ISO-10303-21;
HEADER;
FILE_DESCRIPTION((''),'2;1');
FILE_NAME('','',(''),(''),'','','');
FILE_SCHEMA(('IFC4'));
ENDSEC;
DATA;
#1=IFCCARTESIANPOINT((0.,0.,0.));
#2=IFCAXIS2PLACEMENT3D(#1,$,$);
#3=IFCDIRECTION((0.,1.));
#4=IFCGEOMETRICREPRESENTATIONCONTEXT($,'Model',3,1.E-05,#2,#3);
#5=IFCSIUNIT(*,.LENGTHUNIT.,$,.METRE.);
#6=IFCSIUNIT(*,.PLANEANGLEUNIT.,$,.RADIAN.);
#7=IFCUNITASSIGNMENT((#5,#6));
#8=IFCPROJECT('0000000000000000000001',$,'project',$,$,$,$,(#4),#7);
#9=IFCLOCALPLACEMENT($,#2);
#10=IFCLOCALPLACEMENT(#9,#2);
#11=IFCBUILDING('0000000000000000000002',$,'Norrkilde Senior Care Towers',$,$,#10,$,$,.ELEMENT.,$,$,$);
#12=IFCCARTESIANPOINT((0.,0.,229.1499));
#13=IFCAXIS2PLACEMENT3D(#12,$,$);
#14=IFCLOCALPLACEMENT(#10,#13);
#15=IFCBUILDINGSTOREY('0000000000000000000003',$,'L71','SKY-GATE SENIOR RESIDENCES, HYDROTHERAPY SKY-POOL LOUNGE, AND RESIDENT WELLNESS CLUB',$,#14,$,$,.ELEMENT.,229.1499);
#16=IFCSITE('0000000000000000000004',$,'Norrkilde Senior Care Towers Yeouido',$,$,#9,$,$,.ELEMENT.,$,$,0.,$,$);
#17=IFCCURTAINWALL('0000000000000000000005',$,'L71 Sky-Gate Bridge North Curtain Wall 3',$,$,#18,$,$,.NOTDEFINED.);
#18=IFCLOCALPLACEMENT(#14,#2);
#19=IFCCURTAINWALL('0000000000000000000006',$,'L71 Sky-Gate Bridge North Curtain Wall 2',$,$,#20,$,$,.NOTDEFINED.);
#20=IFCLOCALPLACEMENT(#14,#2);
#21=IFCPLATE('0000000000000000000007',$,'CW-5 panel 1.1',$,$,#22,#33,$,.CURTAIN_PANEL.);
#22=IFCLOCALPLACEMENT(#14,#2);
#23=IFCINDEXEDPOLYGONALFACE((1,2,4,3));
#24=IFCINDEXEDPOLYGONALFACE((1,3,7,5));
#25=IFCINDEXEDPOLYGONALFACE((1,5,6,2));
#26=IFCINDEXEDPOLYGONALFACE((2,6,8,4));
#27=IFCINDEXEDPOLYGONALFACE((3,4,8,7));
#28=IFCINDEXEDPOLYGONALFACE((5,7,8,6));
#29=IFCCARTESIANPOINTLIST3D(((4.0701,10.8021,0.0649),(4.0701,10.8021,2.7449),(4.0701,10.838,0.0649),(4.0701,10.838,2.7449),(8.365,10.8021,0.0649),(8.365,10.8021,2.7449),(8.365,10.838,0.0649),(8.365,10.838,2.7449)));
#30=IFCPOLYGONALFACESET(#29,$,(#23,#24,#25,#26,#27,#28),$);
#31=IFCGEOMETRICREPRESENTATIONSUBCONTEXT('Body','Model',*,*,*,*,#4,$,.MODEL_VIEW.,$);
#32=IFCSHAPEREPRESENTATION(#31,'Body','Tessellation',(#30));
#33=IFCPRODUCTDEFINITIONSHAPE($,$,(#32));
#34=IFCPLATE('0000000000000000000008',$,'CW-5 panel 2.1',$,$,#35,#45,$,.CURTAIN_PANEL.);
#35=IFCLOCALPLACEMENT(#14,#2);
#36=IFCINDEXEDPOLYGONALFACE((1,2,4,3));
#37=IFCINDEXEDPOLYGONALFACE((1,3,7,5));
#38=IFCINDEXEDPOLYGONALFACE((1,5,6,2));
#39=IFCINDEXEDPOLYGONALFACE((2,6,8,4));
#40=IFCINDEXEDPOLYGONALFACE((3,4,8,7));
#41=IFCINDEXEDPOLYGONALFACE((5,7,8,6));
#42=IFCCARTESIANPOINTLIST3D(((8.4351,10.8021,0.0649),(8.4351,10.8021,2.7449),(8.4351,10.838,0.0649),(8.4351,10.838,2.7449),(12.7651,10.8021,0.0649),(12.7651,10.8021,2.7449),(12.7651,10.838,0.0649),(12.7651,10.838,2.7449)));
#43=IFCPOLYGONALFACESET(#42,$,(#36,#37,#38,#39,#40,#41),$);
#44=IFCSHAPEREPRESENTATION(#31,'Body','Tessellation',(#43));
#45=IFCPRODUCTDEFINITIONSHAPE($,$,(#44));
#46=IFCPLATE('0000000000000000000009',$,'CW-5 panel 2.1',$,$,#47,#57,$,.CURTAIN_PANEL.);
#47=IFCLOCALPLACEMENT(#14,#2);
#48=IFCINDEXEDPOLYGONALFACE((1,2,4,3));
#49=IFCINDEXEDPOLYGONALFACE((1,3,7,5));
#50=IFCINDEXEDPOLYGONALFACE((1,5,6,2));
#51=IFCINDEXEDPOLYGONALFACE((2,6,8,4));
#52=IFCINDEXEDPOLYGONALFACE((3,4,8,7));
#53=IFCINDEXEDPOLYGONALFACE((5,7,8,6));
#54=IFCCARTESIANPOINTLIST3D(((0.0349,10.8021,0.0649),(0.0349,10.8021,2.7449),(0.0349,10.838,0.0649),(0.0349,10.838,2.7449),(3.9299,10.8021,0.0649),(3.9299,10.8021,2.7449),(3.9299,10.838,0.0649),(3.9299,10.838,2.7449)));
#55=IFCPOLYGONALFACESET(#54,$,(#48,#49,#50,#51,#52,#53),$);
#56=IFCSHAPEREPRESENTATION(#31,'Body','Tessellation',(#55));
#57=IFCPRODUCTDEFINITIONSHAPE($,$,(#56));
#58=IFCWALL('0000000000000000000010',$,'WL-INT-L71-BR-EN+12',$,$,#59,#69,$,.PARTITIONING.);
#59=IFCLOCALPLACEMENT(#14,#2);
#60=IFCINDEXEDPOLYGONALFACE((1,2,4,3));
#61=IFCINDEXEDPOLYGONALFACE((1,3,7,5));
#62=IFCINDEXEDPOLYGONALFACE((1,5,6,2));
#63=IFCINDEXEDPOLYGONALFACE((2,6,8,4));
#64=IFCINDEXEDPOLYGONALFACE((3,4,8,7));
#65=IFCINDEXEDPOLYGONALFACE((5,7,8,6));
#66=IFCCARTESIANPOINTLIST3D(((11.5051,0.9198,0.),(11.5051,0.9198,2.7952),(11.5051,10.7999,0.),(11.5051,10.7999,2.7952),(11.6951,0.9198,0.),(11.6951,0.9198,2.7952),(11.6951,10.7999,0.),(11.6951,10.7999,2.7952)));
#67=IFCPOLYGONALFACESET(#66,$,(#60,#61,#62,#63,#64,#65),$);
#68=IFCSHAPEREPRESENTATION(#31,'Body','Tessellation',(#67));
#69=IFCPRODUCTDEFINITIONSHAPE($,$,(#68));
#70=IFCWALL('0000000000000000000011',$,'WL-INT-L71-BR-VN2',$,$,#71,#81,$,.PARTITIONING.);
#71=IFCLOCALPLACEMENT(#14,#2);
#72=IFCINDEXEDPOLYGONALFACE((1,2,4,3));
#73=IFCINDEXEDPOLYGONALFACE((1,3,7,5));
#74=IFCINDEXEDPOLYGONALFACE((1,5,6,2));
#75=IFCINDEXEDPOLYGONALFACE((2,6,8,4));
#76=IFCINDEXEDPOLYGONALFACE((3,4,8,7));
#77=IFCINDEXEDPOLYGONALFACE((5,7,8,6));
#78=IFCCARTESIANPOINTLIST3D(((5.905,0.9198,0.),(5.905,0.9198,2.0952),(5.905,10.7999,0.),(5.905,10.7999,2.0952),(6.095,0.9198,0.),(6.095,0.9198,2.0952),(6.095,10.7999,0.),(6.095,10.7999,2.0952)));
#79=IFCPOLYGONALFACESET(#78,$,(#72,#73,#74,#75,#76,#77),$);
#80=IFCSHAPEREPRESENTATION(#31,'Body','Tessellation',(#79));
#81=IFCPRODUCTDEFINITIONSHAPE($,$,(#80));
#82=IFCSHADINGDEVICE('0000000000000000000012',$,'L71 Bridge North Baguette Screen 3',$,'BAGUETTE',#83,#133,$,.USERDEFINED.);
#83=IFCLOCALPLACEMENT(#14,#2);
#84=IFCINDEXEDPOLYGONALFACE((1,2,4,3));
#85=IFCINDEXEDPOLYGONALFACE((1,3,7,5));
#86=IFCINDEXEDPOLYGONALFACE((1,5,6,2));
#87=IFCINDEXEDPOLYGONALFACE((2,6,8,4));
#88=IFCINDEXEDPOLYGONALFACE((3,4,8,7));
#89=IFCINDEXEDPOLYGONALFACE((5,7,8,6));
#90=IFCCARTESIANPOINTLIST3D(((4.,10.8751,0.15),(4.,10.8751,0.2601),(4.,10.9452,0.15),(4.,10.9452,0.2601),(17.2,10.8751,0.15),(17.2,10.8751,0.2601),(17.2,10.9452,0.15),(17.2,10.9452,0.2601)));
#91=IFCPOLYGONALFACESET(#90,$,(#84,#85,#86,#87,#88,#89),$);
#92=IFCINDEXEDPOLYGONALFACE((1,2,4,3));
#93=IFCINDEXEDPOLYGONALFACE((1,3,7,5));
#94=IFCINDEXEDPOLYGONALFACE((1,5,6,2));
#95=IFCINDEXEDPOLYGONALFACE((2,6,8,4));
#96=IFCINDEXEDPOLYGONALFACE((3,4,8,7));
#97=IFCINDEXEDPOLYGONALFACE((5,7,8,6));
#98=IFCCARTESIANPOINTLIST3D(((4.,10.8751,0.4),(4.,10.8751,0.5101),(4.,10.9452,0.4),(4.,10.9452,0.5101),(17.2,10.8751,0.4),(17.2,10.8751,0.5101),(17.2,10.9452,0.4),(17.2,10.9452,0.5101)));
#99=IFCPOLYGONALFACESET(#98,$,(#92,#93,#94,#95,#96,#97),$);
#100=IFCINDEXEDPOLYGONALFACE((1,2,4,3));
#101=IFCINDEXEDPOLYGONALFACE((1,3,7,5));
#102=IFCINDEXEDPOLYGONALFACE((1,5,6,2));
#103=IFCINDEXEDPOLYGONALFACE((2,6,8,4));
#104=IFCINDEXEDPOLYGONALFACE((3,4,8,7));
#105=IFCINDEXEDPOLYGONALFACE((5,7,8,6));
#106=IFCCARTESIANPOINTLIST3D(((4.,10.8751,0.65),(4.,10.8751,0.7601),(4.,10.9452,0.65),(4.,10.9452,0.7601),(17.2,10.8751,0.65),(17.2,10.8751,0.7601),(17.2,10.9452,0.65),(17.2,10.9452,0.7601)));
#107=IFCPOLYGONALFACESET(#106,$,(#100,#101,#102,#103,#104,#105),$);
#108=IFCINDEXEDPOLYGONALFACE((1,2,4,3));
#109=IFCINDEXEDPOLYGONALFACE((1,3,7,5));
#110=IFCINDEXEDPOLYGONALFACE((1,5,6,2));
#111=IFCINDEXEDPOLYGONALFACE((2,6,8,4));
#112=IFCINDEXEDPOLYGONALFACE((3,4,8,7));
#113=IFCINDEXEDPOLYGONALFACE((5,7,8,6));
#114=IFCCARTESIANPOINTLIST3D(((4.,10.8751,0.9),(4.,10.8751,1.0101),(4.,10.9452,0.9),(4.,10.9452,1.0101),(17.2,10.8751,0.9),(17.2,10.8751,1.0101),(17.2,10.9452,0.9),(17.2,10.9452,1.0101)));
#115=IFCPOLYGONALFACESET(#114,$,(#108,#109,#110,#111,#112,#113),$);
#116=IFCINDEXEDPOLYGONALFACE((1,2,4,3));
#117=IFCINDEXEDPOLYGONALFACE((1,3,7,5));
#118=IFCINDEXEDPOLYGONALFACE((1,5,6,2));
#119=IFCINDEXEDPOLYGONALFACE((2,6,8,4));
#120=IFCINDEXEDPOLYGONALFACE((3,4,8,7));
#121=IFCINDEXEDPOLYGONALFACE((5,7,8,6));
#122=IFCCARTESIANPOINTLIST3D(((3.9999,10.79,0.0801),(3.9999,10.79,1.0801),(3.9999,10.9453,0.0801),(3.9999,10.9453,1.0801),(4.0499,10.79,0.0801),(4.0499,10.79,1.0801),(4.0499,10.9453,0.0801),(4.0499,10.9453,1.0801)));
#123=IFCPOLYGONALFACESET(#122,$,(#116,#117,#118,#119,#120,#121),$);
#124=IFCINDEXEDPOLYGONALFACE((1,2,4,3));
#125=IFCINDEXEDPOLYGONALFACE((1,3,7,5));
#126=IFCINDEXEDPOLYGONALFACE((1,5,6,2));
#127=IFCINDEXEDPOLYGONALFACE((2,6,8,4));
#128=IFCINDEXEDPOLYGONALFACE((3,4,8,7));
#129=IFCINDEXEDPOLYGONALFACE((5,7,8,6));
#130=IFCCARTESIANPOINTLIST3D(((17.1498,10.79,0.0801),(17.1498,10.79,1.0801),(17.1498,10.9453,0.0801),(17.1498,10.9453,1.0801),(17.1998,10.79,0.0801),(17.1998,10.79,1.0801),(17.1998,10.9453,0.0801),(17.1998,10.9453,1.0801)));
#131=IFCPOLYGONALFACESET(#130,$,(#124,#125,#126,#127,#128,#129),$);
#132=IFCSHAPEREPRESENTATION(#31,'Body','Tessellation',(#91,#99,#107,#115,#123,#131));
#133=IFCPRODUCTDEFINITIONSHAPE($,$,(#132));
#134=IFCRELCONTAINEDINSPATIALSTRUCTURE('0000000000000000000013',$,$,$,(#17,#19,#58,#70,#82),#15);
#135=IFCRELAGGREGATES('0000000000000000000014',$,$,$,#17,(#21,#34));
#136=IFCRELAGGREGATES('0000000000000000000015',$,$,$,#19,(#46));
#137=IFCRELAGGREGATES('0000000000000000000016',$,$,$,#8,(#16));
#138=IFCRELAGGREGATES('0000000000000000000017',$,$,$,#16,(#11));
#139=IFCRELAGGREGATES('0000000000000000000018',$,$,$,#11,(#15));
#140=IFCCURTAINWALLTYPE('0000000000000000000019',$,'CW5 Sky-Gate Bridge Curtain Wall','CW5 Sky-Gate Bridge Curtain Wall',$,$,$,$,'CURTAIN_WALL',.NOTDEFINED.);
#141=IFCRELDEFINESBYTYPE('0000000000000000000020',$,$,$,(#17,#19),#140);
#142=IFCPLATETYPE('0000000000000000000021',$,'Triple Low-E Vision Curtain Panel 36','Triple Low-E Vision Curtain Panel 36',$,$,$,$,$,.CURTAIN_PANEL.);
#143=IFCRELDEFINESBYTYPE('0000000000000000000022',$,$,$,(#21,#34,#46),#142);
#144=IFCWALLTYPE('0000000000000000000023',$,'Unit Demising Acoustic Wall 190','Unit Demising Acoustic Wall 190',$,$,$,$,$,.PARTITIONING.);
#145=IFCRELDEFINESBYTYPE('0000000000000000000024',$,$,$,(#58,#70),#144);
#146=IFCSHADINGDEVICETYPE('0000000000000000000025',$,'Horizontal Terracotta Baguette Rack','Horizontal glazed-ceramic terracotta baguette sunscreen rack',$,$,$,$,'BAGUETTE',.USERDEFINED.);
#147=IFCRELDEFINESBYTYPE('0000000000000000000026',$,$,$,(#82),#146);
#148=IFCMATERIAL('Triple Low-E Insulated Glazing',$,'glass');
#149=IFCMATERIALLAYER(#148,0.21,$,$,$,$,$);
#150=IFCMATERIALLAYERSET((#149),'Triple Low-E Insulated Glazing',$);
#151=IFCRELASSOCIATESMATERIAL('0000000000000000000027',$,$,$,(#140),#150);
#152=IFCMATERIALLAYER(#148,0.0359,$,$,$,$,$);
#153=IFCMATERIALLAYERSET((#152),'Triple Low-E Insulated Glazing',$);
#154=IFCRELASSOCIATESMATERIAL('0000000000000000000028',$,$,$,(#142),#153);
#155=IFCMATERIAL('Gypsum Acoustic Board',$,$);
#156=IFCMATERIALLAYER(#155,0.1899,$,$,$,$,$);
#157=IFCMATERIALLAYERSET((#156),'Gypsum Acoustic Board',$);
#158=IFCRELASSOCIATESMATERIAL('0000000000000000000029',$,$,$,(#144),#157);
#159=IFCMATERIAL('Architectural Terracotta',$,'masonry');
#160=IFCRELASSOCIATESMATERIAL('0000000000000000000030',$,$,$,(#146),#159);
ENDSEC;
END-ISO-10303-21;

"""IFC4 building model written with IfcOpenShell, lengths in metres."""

from ifc_helpers import new_model, si_unit, direction, frame, frame_2d, origin, origin_2d, place, context, subcontext, project, spatial, rectangle, extrude, source, transform, mapped, material, layer, layer_set, type_object, type_shapes, element, aggregate, save


model = new_model("IFC4")

# Units and contexts
model_context = context("Model", 3, precision=1e-05, world=origin(), true_north=direction((0.0, 1.0)))
body_context = subcontext(model_context, "Body", "Model", "MODEL_VIEW")
ifc_project = project(units=[si_unit("LENGTHUNIT", "METRE"), si_unit("PLANEANGLEUNIT", "RADIAN")], contexts=[model_context])

# Site, building, storey
site_placement = place(None, origin())
site = spatial("IfcSite", under=ifc_project, at=site_placement, Name="Norrkilde Senior Care Towers Yeouido", CompositionType="ELEMENT", RefElevation=0.0)
building_placement = place(site_placement, origin())
building = spatial("IfcBuilding", under=site, at=building_placement, Name="Norrkilde Senior Care Towers", CompositionType="ELEMENT")
storey_placement = place(building_placement, frame((0.0, 0.0, 229.1499)))
storey = spatial("IfcBuildingStorey", under=building, at=storey_placement, Name="L71", Description="SKY-GATE SENIOR RESIDENCES, HYDROTHERAPY SKY-POOL LOUNGE, AND RESIDENT WELLNESS CLUB", CompositionType="ELEMENT", Elevation=229.1499)

# Curtain walls
ifc_material_1 = material(Name="Triple Low-E Insulated Glazing", Category="glass")
ifc_layer_1 = layer(ifc_material_1, 0.21)
ifc_layer_set_1 = layer_set([ifc_layer_1], Name="Triple Low-E Insulated Glazing")
curtain_wall_type = type_object("IfcCurtainWallType", Name="CW5 Sky-Gate Bridge Curtain Wall", Description="CW5 Sky-Gate Bridge Curtain Wall", ElementType="CURTAIN_WALL", PredefinedType="NOTDEFINED", material=ifc_layer_set_1)
curtain_wall_1_placement = place(storey_placement, origin())
curtain_wall_1 = element("IfcCurtainWall", 1, at=curtain_wall_1_placement, inside=storey, type_object=curtain_wall_type, Name="L71 Sky-Gate Bridge North Curtain Wall 3", PredefinedType="NOTDEFINED")
curtain_wall_2_placement = place(storey_placement, origin())
curtain_wall_2 = element("IfcCurtainWall", 2, at=curtain_wall_2_placement, inside=storey, type_object=curtain_wall_type, Name="L71 Sky-Gate Bridge North Curtain Wall 2", PredefinedType="NOTDEFINED")

# Plates
ifc_layer_2 = layer(ifc_material_1, 0.0359)
ifc_layer_set_2 = layer_set([ifc_layer_2], Name="Triple Low-E Insulated Glazing")
plate_type = type_object("IfcPlateType", Name="Triple Low-E Vision Curtain Panel 36", Description="Triple Low-E Vision Curtain Panel 36", PredefinedType="CURTAIN_PANEL", material=ifc_layer_set_2)
shared_shape_1 = source(origin(), body_context, "Body", "SweptSolid", [
    extrude(rectangle(XDim=4.2949, YDim=0.0359, at=origin_2d()), origin(), (0.0, 0.0, 1.0), 2.6799),
])
plate_1_placement = place(storey_placement, frame((6.2175, 10.8201, 0.0649), z_axis=(0.0, 0.0, 1.0), x_axis=(1.0, 0.0, 0.0)))
plate_1 = element("IfcPlate", 3, at=plate_1_placement, type_object=plate_type, Name="CW-5 panel 1.1", PredefinedType="CURTAIN_PANEL", context=body_context, shape_type="MappedRepresentation", body=[
    mapped(shared_shape_1, transform((0.0, 0.0, 0.0), x_axis=(1.0, 0.0, 0.0), y_axis=(0.0, 1.0, 0.0), z_axis=(0.0, 0.0, 1.0), scale=1.0)),
])
shared_shape_2 = source(origin(), body_context, "Body", "SweptSolid", [
    extrude(rectangle(XDim=4.3301, YDim=0.0359, at=origin_2d()), origin(), (0.0, 0.0, 1.0), 2.6799),
])
plate_2_placement = place(storey_placement, frame((10.6001, 10.8201, 0.0649), z_axis=(0.0, 0.0, 1.0), x_axis=(1.0, 0.0, 0.0)))
plate_2 = element("IfcPlate", 4, at=plate_2_placement, type_object=plate_type, Name="CW-5 panel 2.1", PredefinedType="CURTAIN_PANEL", context=body_context, shape_type="MappedRepresentation", body=[
    mapped(shared_shape_2, transform((0.0, 0.0, 0.0), x_axis=(1.0, 0.0, 0.0), y_axis=(0.0, 1.0, 0.0), z_axis=(0.0, 0.0, 1.0), scale=1.0)),
])
aggregate(curtain_wall_1, [plate_1, plate_2])
shared_shape_3 = source(origin(), body_context, "Body", "SweptSolid", [
    extrude(rectangle(XDim=3.895, YDim=0.0359, at=origin_2d()), origin(), (0.0, 0.0, 1.0), 2.6799),
])
type_shapes(plate_type, [shared_shape_1, shared_shape_2, shared_shape_3])
plate_3_placement = place(storey_placement, frame((1.9824, 10.8201, 0.0649), z_axis=(0.0, 0.0, 1.0), x_axis=(1.0, 0.0, 0.0)))
plate_3 = element("IfcPlate", 5, at=plate_3_placement, type_object=plate_type, Name="CW-5 panel 2.1", PredefinedType="CURTAIN_PANEL", context=body_context, shape_type="MappedRepresentation", body=[
    mapped(shared_shape_3, transform((0.0, 0.0, 0.0), x_axis=(1.0, 0.0, 0.0), y_axis=(0.0, 1.0, 0.0), z_axis=(0.0, 0.0, 1.0), scale=1.0)),
])
aggregate(curtain_wall_2, [plate_3])

# Shared definitions
ifc_material_2 = material(Name="Gypsum Acoustic Board")

# Walls
ifc_layer_3 = layer(ifc_material_2, 0.1899)
ifc_layer_set_3 = layer_set([ifc_layer_3], Name="Gypsum Acoustic Board")
wall_type_1 = type_object("IfcWallType", Name="Unit Demising Acoustic Wall 190", Description="Unit Demising Acoustic Wall 190", PredefinedType="PARTITIONING", material=ifc_layer_set_3)
shared_shape_4 = source(origin(), body_context, "Body", "SweptSolid", [
    extrude(rectangle(XDim=9.8801, YDim=0.1899, at=frame_2d((4.9399, 0.0))), origin(), (0.0, 0.0, 1.0), 2.7952),
])
wall_1_placement = place(storey_placement, frame((11.6001, 0.9199, 0.0), z_axis=(0.0, 0.0, 1.0), x_axis=(0.0, 1.0, 0.0)))
element("IfcWall", 6, at=wall_1_placement, inside=storey, type_object=wall_type_1, Name="WL-INT-L71-BR-EN+12", PredefinedType="PARTITIONING", context=body_context, shape_type="MappedRepresentation", body=[
    mapped(shared_shape_4, transform((0.0, 0.0, 0.0), x_axis=(1.0, 0.0, 0.0), y_axis=(0.0, 1.0, 0.0), z_axis=(0.0, 0.0, 1.0), scale=1.0)),
])
shared_shape_5 = source(origin(), body_context, "Body", "SweptSolid", [
    extrude(rectangle(XDim=9.8801, YDim=0.1899, at=frame_2d((4.9399, 0.0))), origin(), (0.0, 0.0, 1.0), 2.0952),
])
type_shapes(wall_type_1, [shared_shape_4, shared_shape_5])
wall_2_placement = place(storey_placement, frame((6.0, 0.9199, 0.0), z_axis=(0.0, 0.0, 1.0), x_axis=(0.0, 1.0, 0.0)))
element("IfcWall", 7, at=wall_2_placement, inside=storey, type_object=wall_type_1, Name="WL-INT-L71-BR-VN2", PredefinedType="PARTITIONING", context=body_context, shape_type="MappedRepresentation", body=[
    mapped(shared_shape_5, transform((0.0, 0.0, 0.0), x_axis=(1.0, 0.0, 0.0), y_axis=(0.0, 1.0, 0.0), z_axis=(0.0, 0.0, 1.0), scale=1.0)),
])

# Shading device
ifc_material_3 = material(Name="Architectural Terracotta", Category="masonry")
shading_device_type = type_object("IfcShadingDeviceType", Name="Horizontal Terracotta Baguette Rack", Description="Horizontal glazed-ceramic terracotta baguette sunscreen rack", ElementType="BAGUETTE", PredefinedType="USERDEFINED", material=ifc_material_3)
shared_shape_6 = source(origin(), body_context, "Body", "SweptSolid", [
    extrude(rectangle(XDim=0.0701, YDim=0.1101, at=origin_2d()), frame((0.0, 0.0901, 0.125), z_axis=(1.0, 0.0, 0.0), x_axis=(0.0, 1.0, 0.0)), (0.0, 0.0, 1.0), 13.2),
    extrude(rectangle(XDim=0.0701, YDim=0.1101, at=origin_2d()), frame((0.0, 0.0901, 0.375), z_axis=(1.0, 0.0, 0.0), x_axis=(0.0, 1.0, 0.0)), (0.0, 0.0, 1.0), 13.2),
    extrude(rectangle(XDim=0.0701, YDim=0.1101, at=origin_2d()), frame((0.0, 0.0901, 0.625), z_axis=(1.0, 0.0, 0.0), x_axis=(0.0, 1.0, 0.0)), (0.0, 0.0, 1.0), 13.2),
    extrude(rectangle(XDim=0.0701, YDim=0.1101, at=origin_2d()), frame((0.0, 0.0901, 0.875), z_axis=(1.0, 0.0, 0.0), x_axis=(0.0, 1.0, 0.0)), (0.0, 0.0, 1.0), 13.2),
    extrude(rectangle(XDim=0.05, YDim=0.1553, at=origin_2d()), frame((0.0249, 0.0476, 0.0)), (0.0, 0.0, 1.0), 1.0),
    extrude(rectangle(XDim=0.05, YDim=0.1553, at=origin_2d()), frame((13.1748, 0.0476, 0.0)), (0.0, 0.0, 1.0), 1.0),
])
type_shapes(shading_device_type, [shared_shape_6])
shading_device_placement = place(storey_placement, frame((4.0, 10.8201, 0.0801), z_axis=(0.0, 0.0, 1.0), x_axis=(1.0, 0.0, 0.0)))
element("IfcShadingDevice", 8, at=shading_device_placement, inside=storey, type_object=shading_device_type, Name="L71 Bridge North Baguette Screen 3", ObjectType="BAGUETTE", PredefinedType="USERDEFINED", context=body_context, shape_type="MappedRepresentation", body=[
    mapped(shared_shape_6, transform((0.0, 0.0, 0.0), x_axis=(1.0, 0.0, 0.0), y_axis=(0.0, 1.0, 0.0), z_axis=(0.0, 0.0, 1.0), scale=1.0)),
])

save(model, "model.ifc")
